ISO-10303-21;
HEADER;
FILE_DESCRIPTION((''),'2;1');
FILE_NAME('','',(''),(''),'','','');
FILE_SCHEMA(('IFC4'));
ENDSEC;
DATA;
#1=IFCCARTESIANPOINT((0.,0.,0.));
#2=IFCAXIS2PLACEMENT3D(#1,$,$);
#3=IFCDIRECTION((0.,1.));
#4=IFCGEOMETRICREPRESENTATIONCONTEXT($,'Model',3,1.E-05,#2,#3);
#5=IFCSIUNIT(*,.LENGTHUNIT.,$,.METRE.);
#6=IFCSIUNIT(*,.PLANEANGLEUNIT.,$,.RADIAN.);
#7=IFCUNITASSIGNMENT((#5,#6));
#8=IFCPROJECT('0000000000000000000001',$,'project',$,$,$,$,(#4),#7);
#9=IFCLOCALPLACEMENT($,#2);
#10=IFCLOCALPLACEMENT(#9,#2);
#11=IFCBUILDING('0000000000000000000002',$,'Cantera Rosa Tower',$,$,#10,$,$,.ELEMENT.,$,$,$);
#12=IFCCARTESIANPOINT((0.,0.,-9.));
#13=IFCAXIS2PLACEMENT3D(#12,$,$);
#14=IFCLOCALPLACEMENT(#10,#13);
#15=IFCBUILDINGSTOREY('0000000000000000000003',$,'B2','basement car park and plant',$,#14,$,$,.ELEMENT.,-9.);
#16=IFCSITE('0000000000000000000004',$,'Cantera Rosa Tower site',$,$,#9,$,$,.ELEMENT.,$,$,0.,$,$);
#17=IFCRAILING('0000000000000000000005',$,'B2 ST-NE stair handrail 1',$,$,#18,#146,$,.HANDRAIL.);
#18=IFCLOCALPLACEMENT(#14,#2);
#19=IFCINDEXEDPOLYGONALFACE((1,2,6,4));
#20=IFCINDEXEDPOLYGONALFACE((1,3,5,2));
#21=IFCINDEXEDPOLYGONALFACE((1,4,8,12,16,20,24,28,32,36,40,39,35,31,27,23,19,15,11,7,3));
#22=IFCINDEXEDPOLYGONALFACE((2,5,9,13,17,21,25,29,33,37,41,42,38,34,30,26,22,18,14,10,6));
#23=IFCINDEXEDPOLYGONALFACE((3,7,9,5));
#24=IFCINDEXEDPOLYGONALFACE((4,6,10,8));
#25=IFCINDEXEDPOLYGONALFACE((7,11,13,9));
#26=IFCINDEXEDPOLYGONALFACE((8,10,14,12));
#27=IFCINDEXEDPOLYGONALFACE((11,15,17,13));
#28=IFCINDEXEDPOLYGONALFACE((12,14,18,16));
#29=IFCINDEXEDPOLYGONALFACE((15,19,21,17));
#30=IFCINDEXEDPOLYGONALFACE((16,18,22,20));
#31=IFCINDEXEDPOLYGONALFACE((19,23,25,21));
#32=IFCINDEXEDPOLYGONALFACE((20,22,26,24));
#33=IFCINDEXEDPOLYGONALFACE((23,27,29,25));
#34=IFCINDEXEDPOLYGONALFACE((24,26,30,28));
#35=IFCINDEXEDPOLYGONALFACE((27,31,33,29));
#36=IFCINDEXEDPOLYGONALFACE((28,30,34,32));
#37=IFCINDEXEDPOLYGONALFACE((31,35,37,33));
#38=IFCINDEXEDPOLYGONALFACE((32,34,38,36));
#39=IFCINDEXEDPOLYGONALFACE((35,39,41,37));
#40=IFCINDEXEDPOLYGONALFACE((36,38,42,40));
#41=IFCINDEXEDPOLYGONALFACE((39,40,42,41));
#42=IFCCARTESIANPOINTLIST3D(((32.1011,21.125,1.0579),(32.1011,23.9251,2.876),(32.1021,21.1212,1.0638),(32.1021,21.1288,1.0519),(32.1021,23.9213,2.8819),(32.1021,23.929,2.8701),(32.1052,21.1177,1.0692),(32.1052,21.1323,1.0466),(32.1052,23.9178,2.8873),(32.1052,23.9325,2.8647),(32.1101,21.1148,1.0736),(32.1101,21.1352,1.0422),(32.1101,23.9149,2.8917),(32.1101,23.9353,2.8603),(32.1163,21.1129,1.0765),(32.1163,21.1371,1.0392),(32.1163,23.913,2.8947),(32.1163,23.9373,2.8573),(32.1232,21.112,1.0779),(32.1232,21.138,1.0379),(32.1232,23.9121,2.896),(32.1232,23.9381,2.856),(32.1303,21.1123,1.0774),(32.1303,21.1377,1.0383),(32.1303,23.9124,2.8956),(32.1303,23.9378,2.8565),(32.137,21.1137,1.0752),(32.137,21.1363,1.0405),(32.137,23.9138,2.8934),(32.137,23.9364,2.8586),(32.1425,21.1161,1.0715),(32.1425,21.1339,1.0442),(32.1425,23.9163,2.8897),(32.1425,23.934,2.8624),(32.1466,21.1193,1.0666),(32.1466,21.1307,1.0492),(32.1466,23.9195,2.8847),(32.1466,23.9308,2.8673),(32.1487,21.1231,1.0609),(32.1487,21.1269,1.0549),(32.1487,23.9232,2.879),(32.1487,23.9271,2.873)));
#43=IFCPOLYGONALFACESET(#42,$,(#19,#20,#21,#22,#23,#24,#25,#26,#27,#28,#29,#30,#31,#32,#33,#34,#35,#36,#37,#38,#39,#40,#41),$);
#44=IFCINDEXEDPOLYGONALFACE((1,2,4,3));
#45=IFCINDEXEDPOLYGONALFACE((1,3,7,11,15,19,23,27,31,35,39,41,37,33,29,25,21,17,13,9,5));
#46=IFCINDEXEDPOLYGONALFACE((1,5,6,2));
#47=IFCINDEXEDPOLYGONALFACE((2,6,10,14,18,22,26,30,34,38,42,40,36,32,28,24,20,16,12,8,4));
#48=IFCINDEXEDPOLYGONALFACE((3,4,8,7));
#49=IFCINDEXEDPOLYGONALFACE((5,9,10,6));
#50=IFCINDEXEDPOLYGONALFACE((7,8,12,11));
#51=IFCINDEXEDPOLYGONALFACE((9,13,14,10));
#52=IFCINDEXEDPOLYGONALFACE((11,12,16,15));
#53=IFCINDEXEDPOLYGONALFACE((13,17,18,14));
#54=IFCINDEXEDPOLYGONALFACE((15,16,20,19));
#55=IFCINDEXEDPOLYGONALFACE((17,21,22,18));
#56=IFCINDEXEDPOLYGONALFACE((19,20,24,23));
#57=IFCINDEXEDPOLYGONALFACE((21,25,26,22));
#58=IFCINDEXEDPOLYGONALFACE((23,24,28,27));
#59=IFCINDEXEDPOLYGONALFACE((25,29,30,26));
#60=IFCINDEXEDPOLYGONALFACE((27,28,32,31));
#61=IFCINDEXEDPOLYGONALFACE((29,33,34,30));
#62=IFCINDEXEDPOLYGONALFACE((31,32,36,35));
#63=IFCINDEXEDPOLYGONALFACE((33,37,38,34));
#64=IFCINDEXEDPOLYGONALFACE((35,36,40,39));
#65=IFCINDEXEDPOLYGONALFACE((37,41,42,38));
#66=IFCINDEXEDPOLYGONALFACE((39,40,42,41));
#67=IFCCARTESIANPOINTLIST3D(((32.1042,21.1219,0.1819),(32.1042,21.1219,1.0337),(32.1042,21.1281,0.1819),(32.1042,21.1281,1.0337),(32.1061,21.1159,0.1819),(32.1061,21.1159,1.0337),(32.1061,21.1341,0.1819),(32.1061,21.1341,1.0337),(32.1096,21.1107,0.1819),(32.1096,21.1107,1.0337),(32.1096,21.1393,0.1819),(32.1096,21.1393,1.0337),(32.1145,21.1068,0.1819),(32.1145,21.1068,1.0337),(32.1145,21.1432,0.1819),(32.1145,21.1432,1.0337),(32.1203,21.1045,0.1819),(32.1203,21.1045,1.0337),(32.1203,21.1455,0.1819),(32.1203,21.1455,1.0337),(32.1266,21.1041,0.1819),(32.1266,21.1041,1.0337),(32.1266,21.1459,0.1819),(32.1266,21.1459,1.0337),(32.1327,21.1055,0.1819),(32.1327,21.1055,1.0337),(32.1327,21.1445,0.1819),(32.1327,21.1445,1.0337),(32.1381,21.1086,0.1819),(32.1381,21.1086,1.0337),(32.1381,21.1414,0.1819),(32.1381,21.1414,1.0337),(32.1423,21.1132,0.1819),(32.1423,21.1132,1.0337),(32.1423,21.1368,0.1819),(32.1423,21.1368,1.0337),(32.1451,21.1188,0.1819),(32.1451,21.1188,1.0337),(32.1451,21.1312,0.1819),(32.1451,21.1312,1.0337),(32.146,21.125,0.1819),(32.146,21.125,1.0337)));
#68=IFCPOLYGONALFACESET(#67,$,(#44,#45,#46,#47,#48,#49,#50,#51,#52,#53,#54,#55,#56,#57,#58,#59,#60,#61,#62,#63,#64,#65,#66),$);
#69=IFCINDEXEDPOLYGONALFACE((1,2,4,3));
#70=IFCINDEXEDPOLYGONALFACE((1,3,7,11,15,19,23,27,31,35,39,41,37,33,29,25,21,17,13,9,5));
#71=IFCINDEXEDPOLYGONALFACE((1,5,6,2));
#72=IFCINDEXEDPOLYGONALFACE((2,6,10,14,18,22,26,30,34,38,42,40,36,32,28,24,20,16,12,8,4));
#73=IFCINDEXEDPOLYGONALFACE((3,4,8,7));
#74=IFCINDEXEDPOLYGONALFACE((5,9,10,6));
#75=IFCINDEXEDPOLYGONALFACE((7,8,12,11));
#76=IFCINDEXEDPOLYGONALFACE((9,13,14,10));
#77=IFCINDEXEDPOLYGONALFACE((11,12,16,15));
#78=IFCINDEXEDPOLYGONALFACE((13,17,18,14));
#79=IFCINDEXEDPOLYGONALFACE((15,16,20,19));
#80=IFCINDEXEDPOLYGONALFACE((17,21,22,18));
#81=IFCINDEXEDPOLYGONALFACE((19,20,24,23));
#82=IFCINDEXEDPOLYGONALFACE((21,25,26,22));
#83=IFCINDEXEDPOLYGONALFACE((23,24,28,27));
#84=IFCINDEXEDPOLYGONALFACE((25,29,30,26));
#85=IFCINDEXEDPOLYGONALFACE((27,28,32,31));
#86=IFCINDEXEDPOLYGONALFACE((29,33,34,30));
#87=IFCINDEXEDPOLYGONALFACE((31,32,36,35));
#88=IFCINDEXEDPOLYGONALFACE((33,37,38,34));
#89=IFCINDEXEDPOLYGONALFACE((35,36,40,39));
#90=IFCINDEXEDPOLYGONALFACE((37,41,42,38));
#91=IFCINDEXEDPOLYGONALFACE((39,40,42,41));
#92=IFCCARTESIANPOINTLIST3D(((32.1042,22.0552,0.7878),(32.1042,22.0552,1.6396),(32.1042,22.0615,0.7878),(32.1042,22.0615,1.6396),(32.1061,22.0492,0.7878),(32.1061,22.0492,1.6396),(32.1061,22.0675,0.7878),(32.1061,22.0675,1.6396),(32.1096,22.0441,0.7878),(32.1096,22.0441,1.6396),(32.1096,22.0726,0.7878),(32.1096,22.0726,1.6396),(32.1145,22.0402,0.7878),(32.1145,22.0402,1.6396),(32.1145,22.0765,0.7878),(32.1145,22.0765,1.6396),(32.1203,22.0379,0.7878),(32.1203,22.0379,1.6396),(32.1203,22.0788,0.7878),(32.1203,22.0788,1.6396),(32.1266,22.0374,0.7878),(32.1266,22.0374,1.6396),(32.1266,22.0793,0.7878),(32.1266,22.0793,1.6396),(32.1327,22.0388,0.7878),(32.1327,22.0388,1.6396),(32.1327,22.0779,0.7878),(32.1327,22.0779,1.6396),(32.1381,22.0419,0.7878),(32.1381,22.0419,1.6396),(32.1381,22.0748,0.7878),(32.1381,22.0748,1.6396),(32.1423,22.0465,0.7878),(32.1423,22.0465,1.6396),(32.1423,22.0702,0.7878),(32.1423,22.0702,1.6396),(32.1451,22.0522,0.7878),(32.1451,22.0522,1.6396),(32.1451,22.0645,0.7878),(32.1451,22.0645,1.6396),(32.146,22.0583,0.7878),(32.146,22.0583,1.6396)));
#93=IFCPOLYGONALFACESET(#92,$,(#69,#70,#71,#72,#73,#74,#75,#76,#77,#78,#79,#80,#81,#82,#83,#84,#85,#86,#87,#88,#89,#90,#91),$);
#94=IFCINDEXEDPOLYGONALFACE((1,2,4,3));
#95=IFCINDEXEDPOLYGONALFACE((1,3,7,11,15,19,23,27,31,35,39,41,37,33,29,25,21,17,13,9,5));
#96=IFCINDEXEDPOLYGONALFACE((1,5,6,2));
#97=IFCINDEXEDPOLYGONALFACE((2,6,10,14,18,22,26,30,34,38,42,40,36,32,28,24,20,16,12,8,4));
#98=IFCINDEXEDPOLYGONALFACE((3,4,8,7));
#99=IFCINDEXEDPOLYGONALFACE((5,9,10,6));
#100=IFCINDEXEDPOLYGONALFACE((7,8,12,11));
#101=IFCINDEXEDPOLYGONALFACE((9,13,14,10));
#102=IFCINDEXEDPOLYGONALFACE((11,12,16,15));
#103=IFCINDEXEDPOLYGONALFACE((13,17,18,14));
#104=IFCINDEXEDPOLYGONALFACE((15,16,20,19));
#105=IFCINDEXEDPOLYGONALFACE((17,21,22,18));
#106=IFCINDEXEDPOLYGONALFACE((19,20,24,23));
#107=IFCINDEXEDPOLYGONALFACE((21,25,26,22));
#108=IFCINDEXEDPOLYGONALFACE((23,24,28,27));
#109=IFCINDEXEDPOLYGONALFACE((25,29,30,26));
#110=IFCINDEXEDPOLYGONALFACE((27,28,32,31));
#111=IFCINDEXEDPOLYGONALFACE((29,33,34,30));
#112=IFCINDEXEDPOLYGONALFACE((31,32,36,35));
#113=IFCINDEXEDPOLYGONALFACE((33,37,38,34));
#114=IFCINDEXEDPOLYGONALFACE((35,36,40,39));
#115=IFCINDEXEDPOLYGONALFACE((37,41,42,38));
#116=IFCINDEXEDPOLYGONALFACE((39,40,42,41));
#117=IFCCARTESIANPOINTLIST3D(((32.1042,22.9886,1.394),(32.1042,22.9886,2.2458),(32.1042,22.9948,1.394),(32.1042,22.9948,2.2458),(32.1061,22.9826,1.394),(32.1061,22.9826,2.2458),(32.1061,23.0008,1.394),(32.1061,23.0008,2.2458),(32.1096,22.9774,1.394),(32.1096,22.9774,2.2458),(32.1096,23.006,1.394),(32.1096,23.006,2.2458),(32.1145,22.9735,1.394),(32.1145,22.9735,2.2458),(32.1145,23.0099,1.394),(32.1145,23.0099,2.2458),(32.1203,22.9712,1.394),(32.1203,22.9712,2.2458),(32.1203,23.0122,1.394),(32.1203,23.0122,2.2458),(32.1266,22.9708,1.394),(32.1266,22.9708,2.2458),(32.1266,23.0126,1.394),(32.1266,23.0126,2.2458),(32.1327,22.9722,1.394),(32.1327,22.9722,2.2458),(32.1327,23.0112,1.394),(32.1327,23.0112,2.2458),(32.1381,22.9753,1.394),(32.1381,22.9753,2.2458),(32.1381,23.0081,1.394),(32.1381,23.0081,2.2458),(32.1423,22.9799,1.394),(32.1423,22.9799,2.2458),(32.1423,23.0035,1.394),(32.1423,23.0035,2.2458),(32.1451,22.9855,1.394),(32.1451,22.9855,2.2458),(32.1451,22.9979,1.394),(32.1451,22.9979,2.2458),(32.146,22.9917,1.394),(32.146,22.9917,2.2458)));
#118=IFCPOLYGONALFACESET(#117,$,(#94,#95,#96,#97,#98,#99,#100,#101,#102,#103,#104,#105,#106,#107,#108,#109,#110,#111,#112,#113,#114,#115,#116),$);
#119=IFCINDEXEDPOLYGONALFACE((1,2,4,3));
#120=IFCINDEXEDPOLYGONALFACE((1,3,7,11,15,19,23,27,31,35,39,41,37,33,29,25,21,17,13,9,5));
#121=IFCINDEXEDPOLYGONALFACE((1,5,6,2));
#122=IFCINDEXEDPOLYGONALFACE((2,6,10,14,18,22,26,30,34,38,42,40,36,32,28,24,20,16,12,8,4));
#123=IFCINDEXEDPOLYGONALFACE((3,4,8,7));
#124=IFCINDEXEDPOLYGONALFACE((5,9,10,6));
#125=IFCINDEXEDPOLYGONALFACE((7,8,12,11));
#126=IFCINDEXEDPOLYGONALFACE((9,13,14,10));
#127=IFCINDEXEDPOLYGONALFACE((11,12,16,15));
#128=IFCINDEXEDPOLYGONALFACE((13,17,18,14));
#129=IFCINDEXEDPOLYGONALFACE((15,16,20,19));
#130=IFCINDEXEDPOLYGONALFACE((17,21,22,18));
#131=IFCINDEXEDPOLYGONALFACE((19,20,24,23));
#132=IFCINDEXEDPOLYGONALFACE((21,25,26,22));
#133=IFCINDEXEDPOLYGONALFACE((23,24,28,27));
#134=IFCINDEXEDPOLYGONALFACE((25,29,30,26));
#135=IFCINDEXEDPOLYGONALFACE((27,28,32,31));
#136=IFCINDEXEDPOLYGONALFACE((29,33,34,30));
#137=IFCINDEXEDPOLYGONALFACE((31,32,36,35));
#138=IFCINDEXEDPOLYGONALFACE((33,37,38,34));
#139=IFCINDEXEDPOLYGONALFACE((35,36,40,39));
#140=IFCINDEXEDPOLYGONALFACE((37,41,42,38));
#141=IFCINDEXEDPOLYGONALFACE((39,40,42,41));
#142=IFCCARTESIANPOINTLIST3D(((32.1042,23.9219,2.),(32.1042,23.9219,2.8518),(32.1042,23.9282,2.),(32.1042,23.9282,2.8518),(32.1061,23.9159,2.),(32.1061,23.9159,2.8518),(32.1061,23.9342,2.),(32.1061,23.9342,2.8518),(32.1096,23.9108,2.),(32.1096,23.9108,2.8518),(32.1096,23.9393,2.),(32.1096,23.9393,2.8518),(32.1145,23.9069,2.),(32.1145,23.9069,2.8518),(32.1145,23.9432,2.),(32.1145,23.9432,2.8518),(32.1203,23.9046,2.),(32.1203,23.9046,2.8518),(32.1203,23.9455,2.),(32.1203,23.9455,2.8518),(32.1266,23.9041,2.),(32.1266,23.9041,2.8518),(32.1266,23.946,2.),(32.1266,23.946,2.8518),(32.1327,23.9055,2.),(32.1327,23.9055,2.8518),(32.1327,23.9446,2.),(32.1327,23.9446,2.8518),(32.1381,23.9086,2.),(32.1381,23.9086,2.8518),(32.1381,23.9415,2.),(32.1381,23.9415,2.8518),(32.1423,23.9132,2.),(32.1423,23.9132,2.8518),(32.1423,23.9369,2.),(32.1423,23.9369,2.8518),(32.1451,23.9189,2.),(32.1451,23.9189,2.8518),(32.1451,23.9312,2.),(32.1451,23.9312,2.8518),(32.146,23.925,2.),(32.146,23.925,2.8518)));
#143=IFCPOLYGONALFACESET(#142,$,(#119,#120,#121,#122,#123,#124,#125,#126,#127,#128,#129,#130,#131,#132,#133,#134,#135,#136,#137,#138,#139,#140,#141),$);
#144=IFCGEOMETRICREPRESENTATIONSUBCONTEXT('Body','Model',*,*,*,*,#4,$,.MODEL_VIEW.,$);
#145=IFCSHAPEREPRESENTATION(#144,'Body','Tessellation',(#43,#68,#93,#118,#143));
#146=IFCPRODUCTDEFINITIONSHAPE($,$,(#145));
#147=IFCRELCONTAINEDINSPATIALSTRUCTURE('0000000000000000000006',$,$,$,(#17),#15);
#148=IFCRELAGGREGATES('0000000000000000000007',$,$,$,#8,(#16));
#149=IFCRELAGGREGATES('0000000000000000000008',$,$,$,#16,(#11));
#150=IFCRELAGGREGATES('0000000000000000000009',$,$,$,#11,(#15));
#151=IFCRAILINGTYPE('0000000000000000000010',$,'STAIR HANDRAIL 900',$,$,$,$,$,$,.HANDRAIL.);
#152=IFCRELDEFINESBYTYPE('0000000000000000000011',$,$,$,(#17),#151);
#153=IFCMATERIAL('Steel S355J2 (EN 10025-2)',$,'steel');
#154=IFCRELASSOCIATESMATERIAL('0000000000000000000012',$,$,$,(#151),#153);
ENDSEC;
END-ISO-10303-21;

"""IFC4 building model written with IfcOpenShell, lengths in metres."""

from ifc_helpers import new_model, si_unit, direction, frame, origin, origin_2d, place, context, subcontext, project, spatial, circle, extrude, material, type_object, element, save


model = new_model("IFC4")

# Units and contexts
model_context = context("Model", 3, precision=1e-05, world=origin(), true_north=direction((0.0, 1.0)))
body_context = subcontext(model_context, "Body", "Model", "MODEL_VIEW")
ifc_project = project(units=[si_unit("LENGTHUNIT", "METRE"), si_unit("PLANEANGLEUNIT", "RADIAN")], contexts=[model_context])

# Site, building, storey
site_placement = place(None, origin())
site = spatial("IfcSite", under=ifc_project, at=site_placement, Name="Cantera Rosa Tower site", CompositionType="ELEMENT", RefElevation=0.0)
building_placement = place(site_placement, origin())
building = spatial("IfcBuilding", under=site, at=building_placement, Name="Cantera Rosa Tower", CompositionType="ELEMENT")
storey_placement = place(building_placement, frame((0.0, 0.0, -9.0)))
storey = spatial("IfcBuildingStorey", under=building, at=storey_placement, Name="B2", Description="basement car park and plant", CompositionType="ELEMENT", Elevation=-9.0)

# Railing
ifc_material_1 = material(Name="Steel S355J2 (EN 10025-2)", Category="steel")
railing_type_1 = type_object("IfcRailingType", Name="STAIR HANDRAIL 900", PredefinedType="HANDRAIL", material=ifc_material_1)
railing_1_placement = place(storey_placement, frame((32.125, 21.125, 0.1819)))
element("IfcRailing", 1, at=railing_1_placement, inside=storey, type_object=railing_type_1, Name="B2 ST-NE stair handrail 1", PredefinedType="HANDRAIL", context=body_context, shape_type="SweptSolid", body=[
    extrude(circle(Radius=0.0239, at=origin_2d()), frame((0.0, 0.0, 0.876), z_axis=(0.0, 0.838706, 0.544585), x_axis=(-1.0, 0.0, 0.0)), (0.0, 0.0, 1.0), 3.3386),
    extrude(circle(Radius=0.021, at=origin_2d()), origin(), (0.0, 0.0, 1.0), 0.8518),
    extrude(circle(Radius=0.021, at=origin_2d()), frame((0.0, 0.9333, 0.606)), (0.0, 0.0, 1.0), 0.8518),
    extrude(circle(Radius=0.021, at=origin_2d()), frame((0.0, 1.8667, 1.2122)), (0.0, 0.0, 1.0), 0.8518),
    extrude(circle(Radius=0.021, at=origin_2d()), frame((0.0, 2.8, 1.8181)), (0.0, 0.0, 1.0), 0.8518),
])

save(model, "model.ifc")
